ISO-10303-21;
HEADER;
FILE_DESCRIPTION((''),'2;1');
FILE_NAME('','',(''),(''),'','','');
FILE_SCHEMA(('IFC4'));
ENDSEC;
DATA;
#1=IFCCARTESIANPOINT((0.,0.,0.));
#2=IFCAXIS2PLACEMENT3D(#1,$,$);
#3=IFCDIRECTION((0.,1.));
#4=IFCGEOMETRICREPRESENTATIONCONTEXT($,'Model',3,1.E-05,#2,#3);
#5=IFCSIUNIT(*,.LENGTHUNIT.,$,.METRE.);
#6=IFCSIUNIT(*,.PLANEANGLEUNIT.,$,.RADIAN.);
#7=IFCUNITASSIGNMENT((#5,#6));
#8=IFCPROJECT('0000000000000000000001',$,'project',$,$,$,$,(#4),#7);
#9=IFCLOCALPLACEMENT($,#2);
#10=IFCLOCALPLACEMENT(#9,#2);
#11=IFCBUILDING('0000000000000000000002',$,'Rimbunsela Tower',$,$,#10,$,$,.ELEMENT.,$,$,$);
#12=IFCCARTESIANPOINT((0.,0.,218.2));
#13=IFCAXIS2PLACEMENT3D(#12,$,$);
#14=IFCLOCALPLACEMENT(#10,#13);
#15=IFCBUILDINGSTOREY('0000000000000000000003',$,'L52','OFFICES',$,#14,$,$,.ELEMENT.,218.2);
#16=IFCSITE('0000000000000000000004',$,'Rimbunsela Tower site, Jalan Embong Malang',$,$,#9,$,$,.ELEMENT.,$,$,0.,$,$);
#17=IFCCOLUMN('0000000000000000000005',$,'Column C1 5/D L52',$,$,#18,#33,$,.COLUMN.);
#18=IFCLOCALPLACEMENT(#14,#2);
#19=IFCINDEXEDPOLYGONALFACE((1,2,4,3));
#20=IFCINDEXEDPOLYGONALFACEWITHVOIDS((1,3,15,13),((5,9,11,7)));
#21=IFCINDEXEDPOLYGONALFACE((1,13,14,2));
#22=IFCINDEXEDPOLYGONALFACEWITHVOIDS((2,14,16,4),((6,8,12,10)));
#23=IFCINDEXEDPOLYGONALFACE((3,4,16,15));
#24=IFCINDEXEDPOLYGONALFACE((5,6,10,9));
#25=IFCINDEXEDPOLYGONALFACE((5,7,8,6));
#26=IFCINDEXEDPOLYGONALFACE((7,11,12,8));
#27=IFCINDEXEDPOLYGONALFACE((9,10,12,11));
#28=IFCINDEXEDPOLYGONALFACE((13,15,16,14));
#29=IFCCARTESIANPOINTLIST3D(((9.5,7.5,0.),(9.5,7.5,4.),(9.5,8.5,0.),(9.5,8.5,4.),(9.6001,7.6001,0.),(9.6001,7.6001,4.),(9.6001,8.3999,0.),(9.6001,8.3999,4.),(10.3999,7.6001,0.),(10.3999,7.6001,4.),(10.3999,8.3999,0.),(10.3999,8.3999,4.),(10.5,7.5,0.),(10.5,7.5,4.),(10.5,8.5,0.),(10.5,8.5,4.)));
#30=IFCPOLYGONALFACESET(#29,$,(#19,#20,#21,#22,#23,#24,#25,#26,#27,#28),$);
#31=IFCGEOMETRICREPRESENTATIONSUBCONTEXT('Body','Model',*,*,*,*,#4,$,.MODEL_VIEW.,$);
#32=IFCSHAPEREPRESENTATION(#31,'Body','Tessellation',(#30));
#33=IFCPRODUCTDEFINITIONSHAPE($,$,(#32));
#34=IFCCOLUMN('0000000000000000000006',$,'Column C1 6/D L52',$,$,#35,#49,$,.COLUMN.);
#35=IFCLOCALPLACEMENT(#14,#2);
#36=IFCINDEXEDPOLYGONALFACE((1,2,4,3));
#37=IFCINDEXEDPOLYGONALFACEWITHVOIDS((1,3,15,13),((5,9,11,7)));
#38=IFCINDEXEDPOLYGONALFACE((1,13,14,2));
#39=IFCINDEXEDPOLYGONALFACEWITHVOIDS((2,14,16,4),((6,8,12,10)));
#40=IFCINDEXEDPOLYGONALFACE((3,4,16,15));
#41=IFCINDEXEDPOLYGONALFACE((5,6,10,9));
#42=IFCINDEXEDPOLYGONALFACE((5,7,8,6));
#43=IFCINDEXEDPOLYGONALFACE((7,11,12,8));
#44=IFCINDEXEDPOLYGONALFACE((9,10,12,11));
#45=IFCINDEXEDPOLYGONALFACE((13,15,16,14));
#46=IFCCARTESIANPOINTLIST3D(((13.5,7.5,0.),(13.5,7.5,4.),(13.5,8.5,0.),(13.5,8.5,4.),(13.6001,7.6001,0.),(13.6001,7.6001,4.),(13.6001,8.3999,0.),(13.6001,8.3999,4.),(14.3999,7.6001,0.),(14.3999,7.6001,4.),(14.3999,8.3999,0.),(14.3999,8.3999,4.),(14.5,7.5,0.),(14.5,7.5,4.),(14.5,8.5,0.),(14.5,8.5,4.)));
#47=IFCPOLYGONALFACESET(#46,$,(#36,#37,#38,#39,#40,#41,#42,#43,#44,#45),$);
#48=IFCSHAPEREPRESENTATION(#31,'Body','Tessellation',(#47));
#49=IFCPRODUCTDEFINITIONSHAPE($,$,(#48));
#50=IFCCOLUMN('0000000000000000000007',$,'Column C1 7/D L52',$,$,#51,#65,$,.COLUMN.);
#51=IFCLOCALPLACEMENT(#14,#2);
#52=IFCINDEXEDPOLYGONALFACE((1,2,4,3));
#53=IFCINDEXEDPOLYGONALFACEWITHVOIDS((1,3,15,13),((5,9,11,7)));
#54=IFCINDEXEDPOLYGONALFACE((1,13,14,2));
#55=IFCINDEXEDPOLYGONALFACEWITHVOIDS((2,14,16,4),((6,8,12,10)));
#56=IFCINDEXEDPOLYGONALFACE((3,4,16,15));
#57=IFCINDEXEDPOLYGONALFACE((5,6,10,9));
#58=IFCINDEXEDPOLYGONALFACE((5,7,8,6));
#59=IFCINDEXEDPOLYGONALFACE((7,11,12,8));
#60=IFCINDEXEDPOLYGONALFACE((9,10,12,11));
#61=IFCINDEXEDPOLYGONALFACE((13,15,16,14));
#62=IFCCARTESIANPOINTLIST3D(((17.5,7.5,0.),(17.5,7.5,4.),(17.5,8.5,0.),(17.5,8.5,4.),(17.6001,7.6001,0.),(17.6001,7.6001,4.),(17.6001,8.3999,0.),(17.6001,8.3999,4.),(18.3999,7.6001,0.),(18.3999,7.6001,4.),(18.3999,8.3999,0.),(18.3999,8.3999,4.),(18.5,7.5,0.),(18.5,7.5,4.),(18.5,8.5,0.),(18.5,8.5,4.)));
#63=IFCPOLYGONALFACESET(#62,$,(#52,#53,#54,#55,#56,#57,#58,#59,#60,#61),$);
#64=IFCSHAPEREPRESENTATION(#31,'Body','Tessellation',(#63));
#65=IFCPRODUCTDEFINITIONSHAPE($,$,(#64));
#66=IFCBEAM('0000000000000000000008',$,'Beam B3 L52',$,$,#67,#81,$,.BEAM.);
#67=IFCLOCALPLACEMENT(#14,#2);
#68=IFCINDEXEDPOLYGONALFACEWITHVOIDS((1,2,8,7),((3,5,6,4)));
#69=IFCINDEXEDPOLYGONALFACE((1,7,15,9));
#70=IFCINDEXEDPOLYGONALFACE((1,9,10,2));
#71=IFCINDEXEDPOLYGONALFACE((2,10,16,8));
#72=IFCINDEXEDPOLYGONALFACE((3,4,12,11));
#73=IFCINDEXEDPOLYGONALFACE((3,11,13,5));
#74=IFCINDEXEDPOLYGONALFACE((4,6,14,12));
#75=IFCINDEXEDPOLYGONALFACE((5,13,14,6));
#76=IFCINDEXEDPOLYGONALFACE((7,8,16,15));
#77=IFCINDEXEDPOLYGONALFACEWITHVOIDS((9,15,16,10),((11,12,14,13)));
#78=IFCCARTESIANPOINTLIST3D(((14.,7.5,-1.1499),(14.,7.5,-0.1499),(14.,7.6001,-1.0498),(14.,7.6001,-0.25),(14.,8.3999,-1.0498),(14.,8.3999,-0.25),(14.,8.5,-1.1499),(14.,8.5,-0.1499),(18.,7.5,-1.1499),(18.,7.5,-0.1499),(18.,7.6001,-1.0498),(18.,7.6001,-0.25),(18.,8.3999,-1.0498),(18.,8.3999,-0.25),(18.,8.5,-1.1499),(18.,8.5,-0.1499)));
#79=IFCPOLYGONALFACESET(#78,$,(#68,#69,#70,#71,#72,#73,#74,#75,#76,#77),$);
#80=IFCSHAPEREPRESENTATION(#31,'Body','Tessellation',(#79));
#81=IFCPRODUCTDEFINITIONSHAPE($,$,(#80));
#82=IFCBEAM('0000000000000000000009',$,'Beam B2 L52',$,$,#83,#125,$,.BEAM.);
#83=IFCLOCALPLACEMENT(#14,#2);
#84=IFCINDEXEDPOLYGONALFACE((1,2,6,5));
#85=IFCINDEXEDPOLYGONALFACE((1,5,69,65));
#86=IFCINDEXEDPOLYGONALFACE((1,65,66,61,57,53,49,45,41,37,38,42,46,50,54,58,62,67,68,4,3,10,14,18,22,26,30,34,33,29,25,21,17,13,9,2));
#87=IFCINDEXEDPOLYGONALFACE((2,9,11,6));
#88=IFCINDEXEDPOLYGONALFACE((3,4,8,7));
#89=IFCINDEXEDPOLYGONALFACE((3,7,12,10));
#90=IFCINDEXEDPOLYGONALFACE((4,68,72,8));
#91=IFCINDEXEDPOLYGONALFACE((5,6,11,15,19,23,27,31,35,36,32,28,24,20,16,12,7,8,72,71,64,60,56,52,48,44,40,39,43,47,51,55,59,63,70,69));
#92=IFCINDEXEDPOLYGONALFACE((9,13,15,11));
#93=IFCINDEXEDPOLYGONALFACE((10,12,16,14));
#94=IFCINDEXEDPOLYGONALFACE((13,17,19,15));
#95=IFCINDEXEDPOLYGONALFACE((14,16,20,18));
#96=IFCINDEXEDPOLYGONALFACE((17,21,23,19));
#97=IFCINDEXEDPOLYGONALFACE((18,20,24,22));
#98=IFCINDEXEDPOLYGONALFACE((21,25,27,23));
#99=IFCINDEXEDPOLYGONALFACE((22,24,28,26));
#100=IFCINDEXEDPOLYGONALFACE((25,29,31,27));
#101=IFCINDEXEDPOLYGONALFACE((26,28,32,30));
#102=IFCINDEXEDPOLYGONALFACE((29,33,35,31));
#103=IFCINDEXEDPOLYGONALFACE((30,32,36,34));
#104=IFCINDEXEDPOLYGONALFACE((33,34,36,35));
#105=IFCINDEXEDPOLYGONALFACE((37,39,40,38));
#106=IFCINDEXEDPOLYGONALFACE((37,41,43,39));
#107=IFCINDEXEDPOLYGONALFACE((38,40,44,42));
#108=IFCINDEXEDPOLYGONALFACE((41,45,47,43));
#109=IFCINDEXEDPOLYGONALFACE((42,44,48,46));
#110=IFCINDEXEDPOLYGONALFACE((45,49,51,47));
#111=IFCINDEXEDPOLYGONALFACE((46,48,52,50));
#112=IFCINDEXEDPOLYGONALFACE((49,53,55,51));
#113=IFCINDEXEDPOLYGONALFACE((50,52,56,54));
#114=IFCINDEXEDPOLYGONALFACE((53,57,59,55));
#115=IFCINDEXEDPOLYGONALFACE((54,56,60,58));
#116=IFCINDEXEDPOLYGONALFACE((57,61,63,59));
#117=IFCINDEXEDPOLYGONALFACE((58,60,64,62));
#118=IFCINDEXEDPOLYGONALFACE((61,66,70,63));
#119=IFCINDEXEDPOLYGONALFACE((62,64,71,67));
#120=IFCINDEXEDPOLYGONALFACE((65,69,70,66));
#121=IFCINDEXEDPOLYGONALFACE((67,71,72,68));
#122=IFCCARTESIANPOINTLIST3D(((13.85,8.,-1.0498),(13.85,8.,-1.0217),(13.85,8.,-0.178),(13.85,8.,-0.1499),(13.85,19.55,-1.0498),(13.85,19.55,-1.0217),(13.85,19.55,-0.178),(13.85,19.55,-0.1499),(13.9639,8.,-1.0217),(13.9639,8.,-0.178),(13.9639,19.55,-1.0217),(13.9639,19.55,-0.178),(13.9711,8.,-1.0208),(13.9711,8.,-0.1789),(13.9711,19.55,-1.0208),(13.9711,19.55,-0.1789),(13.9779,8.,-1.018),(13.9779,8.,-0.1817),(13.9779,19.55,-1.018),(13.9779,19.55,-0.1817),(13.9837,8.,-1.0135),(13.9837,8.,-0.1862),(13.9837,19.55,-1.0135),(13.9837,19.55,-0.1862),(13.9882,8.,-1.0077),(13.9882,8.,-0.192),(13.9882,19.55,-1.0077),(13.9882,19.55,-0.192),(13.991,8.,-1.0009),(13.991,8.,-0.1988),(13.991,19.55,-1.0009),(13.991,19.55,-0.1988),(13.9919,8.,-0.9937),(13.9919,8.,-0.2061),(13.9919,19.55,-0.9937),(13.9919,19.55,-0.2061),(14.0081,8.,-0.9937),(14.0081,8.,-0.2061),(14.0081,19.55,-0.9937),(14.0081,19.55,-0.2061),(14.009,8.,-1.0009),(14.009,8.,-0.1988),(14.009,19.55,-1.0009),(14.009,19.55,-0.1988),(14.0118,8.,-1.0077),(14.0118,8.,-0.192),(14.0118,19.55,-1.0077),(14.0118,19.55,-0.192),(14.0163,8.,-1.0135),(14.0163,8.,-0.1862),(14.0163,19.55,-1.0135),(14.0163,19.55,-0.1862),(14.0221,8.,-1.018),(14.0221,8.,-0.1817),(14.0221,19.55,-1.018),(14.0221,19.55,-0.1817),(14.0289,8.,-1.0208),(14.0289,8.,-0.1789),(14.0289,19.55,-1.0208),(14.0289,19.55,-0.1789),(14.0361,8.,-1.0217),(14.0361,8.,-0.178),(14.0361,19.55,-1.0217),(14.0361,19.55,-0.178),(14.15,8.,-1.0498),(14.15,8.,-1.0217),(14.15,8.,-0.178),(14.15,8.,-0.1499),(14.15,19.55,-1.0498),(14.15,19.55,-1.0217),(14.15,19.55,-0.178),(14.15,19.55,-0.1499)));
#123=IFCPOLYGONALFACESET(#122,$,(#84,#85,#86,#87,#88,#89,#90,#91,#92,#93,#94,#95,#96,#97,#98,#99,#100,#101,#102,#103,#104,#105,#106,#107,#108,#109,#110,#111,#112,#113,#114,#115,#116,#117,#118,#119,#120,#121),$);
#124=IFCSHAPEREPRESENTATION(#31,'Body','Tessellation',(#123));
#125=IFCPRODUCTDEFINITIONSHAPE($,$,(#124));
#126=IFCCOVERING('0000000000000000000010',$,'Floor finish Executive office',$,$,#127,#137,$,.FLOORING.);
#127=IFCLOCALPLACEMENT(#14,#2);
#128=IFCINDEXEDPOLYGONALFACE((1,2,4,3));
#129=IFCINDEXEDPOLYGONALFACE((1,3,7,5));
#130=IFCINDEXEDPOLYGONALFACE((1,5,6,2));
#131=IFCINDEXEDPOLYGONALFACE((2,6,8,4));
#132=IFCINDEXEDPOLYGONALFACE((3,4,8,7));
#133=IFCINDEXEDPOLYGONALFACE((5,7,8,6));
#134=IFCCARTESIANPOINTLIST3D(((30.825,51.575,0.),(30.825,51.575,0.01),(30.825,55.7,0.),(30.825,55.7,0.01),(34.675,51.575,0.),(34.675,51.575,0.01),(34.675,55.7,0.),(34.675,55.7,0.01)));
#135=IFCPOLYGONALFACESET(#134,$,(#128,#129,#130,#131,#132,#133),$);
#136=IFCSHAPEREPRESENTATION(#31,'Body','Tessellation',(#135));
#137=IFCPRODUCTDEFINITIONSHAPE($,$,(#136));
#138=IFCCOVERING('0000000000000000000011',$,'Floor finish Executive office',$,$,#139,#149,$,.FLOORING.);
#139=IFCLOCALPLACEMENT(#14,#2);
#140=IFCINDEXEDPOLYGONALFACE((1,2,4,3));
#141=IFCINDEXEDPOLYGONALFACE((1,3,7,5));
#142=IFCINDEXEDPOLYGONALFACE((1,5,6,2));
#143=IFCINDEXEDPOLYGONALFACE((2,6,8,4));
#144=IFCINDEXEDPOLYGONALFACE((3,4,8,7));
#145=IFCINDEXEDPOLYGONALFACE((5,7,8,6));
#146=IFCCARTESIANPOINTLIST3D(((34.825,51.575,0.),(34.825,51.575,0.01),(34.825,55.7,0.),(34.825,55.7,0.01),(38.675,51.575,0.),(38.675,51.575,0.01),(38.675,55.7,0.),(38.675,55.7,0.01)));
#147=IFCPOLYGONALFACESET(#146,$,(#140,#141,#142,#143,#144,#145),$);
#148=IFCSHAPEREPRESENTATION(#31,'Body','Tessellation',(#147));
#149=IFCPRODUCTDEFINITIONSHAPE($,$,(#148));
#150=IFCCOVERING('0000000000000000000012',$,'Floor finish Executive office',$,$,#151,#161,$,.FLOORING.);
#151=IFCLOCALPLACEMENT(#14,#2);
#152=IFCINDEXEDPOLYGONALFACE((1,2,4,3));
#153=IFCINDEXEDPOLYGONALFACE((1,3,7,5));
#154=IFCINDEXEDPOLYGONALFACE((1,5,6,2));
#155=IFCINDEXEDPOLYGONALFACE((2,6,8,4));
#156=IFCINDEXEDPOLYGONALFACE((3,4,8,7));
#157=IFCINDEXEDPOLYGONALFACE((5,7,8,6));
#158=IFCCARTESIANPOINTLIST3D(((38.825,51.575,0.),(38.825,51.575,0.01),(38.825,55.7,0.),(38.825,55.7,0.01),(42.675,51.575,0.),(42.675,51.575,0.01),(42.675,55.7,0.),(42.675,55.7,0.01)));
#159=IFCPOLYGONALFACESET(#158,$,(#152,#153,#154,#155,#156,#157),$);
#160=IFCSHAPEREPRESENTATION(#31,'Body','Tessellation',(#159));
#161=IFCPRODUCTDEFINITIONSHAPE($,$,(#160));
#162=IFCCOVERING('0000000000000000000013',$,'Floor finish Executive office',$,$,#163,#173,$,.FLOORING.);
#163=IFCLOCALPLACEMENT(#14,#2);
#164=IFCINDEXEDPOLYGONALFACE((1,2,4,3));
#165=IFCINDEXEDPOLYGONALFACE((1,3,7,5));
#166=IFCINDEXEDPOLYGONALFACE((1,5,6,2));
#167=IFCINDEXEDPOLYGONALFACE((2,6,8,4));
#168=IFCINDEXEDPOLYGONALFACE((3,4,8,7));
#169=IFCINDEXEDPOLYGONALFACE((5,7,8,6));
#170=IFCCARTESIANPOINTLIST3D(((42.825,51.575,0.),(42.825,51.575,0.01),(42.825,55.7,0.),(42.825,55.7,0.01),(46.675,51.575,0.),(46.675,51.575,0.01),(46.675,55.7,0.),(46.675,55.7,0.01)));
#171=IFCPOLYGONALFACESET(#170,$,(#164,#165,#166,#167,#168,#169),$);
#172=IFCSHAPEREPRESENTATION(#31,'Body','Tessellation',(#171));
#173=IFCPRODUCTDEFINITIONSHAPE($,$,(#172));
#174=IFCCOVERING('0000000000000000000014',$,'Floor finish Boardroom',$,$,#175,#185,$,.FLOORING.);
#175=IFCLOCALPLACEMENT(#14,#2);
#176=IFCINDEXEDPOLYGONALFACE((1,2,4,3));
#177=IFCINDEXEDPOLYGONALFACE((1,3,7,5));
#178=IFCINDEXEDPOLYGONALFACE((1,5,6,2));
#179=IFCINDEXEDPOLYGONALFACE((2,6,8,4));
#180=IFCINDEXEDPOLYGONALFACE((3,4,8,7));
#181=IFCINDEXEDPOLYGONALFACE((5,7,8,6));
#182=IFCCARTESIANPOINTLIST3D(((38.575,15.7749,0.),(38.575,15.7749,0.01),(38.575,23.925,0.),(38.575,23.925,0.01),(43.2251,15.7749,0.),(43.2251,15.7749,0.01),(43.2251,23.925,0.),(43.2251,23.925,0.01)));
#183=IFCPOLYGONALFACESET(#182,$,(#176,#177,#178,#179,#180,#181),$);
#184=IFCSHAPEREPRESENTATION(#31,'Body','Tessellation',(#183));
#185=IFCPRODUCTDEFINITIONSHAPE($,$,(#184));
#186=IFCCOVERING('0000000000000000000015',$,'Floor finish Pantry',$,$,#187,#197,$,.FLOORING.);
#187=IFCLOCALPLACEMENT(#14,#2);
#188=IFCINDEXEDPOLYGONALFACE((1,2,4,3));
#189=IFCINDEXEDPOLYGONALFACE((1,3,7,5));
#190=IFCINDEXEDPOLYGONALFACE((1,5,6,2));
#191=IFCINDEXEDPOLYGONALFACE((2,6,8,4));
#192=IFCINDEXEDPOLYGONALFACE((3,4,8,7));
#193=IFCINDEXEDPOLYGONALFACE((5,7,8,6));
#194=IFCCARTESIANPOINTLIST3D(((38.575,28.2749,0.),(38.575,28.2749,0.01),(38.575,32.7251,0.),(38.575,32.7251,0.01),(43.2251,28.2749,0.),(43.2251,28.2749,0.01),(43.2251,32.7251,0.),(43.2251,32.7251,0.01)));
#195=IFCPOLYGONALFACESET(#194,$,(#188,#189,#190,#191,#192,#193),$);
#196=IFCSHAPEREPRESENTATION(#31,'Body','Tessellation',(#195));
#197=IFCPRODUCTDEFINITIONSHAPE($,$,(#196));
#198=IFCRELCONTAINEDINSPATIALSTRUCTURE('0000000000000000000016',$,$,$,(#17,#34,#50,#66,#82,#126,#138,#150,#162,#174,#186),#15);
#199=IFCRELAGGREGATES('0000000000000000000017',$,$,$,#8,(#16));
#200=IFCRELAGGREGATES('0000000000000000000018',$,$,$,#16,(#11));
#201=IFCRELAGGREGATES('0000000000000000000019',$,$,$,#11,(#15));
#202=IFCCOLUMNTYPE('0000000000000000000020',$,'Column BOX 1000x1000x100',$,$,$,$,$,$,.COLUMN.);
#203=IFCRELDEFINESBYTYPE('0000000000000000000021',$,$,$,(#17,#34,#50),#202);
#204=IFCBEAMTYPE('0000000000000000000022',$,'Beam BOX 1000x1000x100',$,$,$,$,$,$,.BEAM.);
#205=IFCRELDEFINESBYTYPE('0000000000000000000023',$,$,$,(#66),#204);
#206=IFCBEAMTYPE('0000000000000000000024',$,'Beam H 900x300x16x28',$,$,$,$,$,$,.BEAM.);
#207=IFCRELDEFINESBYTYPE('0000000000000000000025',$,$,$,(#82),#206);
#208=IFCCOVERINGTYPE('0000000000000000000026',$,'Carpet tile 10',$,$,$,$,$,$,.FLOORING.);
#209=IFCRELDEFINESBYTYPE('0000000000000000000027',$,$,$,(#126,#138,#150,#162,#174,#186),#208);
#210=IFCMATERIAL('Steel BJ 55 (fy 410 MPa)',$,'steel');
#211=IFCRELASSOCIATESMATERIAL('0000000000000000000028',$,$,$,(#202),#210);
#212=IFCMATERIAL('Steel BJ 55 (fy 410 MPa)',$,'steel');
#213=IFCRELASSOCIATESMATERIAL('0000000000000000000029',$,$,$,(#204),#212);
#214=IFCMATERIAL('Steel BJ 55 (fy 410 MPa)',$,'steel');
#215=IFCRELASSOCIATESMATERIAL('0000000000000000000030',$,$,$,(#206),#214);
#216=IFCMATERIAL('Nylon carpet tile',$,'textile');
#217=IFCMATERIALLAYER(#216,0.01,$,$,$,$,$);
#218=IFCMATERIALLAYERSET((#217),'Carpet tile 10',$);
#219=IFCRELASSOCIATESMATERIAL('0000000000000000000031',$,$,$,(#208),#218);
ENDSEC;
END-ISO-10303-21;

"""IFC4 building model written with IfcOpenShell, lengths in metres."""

from ifc_helpers import new_model, si_unit, direction, frame, origin, origin_2d, place, context, subcontext, project, spatial, polyline, hollow_rectangle, i_section, outline, extrude, material, layer, layer_set, material_profile, profile_set, type_object, element, save


model = new_model("IFC4")

# Units and contexts
model_context = context("Model", 3, precision=1e-05, world=origin(), true_north=direction((0.0, 1.0)))
body_context = subcontext(model_context, "Body", "Model", "MODEL_VIEW")
ifc_project = project(units=[si_unit("LENGTHUNIT", "METRE"), si_unit("PLANEANGLEUNIT", "RADIAN")], contexts=[model_context])

# Site, building, storey
site_placement = place(None, origin())
site = spatial("IfcSite", under=ifc_project, at=site_placement, Name="Rimbunsela Tower site, Jalan Embong Malang", CompositionType="ELEMENT", RefElevation=0.0)
building_placement = place(site_placement, origin())
building = spatial("IfcBuilding", under=site, at=building_placement, Name="Rimbunsela Tower", CompositionType="ELEMENT")
storey_placement = place(building_placement, frame((0.0, 0.0, 218.2)))
storey = spatial("IfcBuildingStorey", under=building, at=storey_placement, Name="L52", Description="OFFICES", CompositionType="ELEMENT", Elevation=218.2)

# Columns
ifc_material_1 = material(Name="Steel BJ 55 (fy 410 MPa)", Category="steel")
ifc_material_profile_1 = material_profile(ifc_material_1, hollow_rectangle(XDim=1.0, YDim=1.0, WallThickness=0.1001, at=origin_2d()), Name="BOX 1000x1000x100")
ifc_profile_set_1 = profile_set([ifc_material_profile_1], Name="Steel BJ 55 (fy 410 MPa)")
column_type = type_object("IfcColumnType", Name="Column BOX 1000x1000x100", PredefinedType="COLUMN", material=ifc_profile_set_1)
for number, where, z_axis, x_axis, name in (
    (1, (10.0, 8.0, 0.0), (0.0, 0.0, 1.0), (1.0, 0.0, 0.0), "Column C1 5/D L52"),
    (2, (14.0, 8.0, 0.0), (0.0, 0.0, 1.0), (1.0, 0.0, 0.0), "Column C1 6/D L52"),
    (3, (18.0, 8.0, 0.0), (0.0, 0.0, 1.0), (1.0, 0.0, 0.0), "Column C1 7/D L52"),
):
    element("IfcColumn", number, at=place(storey_placement, frame(where, z_axis=z_axis, x_axis=x_axis)), inside=storey, type_object=column_type, Name=name, PredefinedType="COLUMN", context=body_context, shape_type="SweptSolid", body=[
        extrude(hollow_rectangle(XDim=1.0, YDim=1.0, WallThickness=0.1001, at=origin_2d()), origin(), (0.0, 0.0, 1.0), 4.0),
    ])

# Beams
ifc_material_2 = material(Name="Steel BJ 55 (fy 410 MPa)", Category="steel")
ifc_material_profile_2 = material_profile(ifc_material_2, hollow_rectangle(XDim=1.0, YDim=1.0, WallThickness=0.1001, at=origin_2d()), Name="BOX 1000x1000x100")
ifc_profile_set_2 = profile_set([ifc_material_profile_2], Name="Steel BJ 55 (fy 410 MPa)")
beam_type_1 = type_object("IfcBeamType", Name="Beam BOX 1000x1000x100", PredefinedType="BEAM", material=ifc_profile_set_2)
beam_1_placement = place(storey_placement, frame((14.0, 8.0, -0.6499), z_axis=(1.0, 0.0, 0.0), x_axis=(0.0, 1.0, 0.0)))
element("IfcBeam", 4, at=beam_1_placement, inside=storey, type_object=beam_type_1, Name="Beam B3 L52", PredefinedType="BEAM", context=body_context, shape_type="SweptSolid", body=[
    extrude(hollow_rectangle(XDim=1.0, YDim=1.0, WallThickness=0.1001, at=origin_2d()), origin(), (0.0, 0.0, 1.0), 4.0),
])
ifc_material_3 = material(Name="Steel BJ 55 (fy 410 MPa)", Category="steel")
ifc_material_profile_3 = material_profile(ifc_material_3, i_section(OverallWidth=0.3, OverallDepth=0.8999, WebThickness=0.0161, FlangeThickness=0.0281, FilletRadius=0.0281, at=origin_2d()), Name="H 900x300x16x28")
ifc_profile_set_3 = profile_set([ifc_material_profile_3], Name="Steel BJ 55 (fy 410 MPa)")
beam_type_2 = type_object("IfcBeamType", Name="Beam H 900x300x16x28", PredefinedType="BEAM", material=ifc_profile_set_3)
beam_2_placement = place(storey_placement, frame((14.0, 8.0, -0.5999), z_axis=(0.0, 1.0, 0.0), x_axis=(-1.0, 0.0, 0.0)))
element("IfcBeam", 5, at=beam_2_placement, inside=storey, type_object=beam_type_2, Name="Beam B2 L52", PredefinedType="BEAM", context=body_context, shape_type="SweptSolid", body=[
    extrude(i_section(OverallWidth=0.3, OverallDepth=0.8999, WebThickness=0.0161, FlangeThickness=0.0281, FilletRadius=0.0281, at=origin_2d()), origin(), (0.0, 0.0, 1.0), 11.55),
])

# Coverings
ifc_material_4 = material(Name="Nylon carpet tile", Category="textile")
ifc_layer_1 = layer(ifc_material_4, 0.01)
ifc_layer_set_1 = layer_set([ifc_layer_1], Name="Carpet tile 10")
covering_type_1 = type_object("IfcCoveringType", Name="Carpet tile 10", PredefinedType="FLOORING", material=ifc_layer_set_1)
covering_1_placement = place(storey_placement, origin())
element("IfcCovering", 6, at=covering_1_placement, inside=storey, type_object=covering_type_1, Name="Floor finish Executive office", PredefinedType="FLOORING", context=body_context, shape_type="SweptSolid", body=[
    extrude(outline(polyline([(34.675, 51.575), (34.675, 55.7), (30.825, 55.7), (30.825, 51.575), (34.675, 51.575)])), origin(), (0.0, 0.0, 1.0), 0.01),
])
covering_2_placement = place(storey_placement, origin())
element("IfcCovering", 7, at=covering_2_placement, inside=storey, type_object=covering_type_1, Name="Floor finish Executive office", PredefinedType="FLOORING", context=body_context, shape_type="SweptSolid", body=[
    extrude(outline(polyline([(38.675, 51.575), (38.675, 55.7), (34.825, 55.7), (34.825, 51.575), (38.675, 51.575)])), origin(), (0.0, 0.0, 1.0), 0.01),
])
covering_3_placement = place(storey_placement, origin())
element("IfcCovering", 8, at=covering_3_placement, inside=storey, type_object=covering_type_1, Name="Floor finish Executive office", PredefinedType="FLOORING", context=body_context, shape_type="SweptSolid", body=[
    extrude(outline(polyline([(42.675, 51.575), (42.675, 55.7), (38.825, 55.7), (38.825, 51.575), (42.675, 51.575)])), origin(), (0.0, 0.0, 1.0), 0.01),
])
covering_4_placement = place(storey_placement, origin())
element("IfcCovering", 9, at=covering_4_placement, inside=storey, type_object=covering_type_1, Name="Floor finish Executive office", PredefinedType="FLOORING", context=body_context, shape_type="SweptSolid", body=[
    extrude(outline(polyline([(46.675, 51.575), (46.675, 55.7), (42.825, 55.7), (42.825, 51.575), (46.675, 51.575)])), origin(), (0.0, 0.0, 1.0), 0.01),
])
covering_5_placement = place(storey_placement, origin())
element("IfcCovering", 10, at=covering_5_placement, inside=storey, type_object=covering_type_1, Name="Floor finish Boardroom", PredefinedType="FLOORING", context=body_context, shape_type="SweptSolid", body=[
    extrude(outline(polyline([(43.2251, 15.7749), (43.2251, 23.925), (38.575, 23.925), (38.575, 15.7749), (43.2251, 15.7749)])), origin(), (0.0, 0.0, 1.0), 0.01),
])
covering_6_placement = place(storey_placement, origin())
element("IfcCovering", 11, at=covering_6_placement, inside=storey, type_object=covering_type_1, Name="Floor finish Pantry", PredefinedType="FLOORING", context=body_context, shape_type="SweptSolid", body=[
    extrude(outline(polyline([(43.2251, 28.2749), (43.2251, 32.7251), (38.575, 32.7251), (38.575, 28.2749), (43.2251, 28.2749)])), origin(), (0.0, 0.0, 1.0), 0.01),
])

save(model, "model.ifc")
